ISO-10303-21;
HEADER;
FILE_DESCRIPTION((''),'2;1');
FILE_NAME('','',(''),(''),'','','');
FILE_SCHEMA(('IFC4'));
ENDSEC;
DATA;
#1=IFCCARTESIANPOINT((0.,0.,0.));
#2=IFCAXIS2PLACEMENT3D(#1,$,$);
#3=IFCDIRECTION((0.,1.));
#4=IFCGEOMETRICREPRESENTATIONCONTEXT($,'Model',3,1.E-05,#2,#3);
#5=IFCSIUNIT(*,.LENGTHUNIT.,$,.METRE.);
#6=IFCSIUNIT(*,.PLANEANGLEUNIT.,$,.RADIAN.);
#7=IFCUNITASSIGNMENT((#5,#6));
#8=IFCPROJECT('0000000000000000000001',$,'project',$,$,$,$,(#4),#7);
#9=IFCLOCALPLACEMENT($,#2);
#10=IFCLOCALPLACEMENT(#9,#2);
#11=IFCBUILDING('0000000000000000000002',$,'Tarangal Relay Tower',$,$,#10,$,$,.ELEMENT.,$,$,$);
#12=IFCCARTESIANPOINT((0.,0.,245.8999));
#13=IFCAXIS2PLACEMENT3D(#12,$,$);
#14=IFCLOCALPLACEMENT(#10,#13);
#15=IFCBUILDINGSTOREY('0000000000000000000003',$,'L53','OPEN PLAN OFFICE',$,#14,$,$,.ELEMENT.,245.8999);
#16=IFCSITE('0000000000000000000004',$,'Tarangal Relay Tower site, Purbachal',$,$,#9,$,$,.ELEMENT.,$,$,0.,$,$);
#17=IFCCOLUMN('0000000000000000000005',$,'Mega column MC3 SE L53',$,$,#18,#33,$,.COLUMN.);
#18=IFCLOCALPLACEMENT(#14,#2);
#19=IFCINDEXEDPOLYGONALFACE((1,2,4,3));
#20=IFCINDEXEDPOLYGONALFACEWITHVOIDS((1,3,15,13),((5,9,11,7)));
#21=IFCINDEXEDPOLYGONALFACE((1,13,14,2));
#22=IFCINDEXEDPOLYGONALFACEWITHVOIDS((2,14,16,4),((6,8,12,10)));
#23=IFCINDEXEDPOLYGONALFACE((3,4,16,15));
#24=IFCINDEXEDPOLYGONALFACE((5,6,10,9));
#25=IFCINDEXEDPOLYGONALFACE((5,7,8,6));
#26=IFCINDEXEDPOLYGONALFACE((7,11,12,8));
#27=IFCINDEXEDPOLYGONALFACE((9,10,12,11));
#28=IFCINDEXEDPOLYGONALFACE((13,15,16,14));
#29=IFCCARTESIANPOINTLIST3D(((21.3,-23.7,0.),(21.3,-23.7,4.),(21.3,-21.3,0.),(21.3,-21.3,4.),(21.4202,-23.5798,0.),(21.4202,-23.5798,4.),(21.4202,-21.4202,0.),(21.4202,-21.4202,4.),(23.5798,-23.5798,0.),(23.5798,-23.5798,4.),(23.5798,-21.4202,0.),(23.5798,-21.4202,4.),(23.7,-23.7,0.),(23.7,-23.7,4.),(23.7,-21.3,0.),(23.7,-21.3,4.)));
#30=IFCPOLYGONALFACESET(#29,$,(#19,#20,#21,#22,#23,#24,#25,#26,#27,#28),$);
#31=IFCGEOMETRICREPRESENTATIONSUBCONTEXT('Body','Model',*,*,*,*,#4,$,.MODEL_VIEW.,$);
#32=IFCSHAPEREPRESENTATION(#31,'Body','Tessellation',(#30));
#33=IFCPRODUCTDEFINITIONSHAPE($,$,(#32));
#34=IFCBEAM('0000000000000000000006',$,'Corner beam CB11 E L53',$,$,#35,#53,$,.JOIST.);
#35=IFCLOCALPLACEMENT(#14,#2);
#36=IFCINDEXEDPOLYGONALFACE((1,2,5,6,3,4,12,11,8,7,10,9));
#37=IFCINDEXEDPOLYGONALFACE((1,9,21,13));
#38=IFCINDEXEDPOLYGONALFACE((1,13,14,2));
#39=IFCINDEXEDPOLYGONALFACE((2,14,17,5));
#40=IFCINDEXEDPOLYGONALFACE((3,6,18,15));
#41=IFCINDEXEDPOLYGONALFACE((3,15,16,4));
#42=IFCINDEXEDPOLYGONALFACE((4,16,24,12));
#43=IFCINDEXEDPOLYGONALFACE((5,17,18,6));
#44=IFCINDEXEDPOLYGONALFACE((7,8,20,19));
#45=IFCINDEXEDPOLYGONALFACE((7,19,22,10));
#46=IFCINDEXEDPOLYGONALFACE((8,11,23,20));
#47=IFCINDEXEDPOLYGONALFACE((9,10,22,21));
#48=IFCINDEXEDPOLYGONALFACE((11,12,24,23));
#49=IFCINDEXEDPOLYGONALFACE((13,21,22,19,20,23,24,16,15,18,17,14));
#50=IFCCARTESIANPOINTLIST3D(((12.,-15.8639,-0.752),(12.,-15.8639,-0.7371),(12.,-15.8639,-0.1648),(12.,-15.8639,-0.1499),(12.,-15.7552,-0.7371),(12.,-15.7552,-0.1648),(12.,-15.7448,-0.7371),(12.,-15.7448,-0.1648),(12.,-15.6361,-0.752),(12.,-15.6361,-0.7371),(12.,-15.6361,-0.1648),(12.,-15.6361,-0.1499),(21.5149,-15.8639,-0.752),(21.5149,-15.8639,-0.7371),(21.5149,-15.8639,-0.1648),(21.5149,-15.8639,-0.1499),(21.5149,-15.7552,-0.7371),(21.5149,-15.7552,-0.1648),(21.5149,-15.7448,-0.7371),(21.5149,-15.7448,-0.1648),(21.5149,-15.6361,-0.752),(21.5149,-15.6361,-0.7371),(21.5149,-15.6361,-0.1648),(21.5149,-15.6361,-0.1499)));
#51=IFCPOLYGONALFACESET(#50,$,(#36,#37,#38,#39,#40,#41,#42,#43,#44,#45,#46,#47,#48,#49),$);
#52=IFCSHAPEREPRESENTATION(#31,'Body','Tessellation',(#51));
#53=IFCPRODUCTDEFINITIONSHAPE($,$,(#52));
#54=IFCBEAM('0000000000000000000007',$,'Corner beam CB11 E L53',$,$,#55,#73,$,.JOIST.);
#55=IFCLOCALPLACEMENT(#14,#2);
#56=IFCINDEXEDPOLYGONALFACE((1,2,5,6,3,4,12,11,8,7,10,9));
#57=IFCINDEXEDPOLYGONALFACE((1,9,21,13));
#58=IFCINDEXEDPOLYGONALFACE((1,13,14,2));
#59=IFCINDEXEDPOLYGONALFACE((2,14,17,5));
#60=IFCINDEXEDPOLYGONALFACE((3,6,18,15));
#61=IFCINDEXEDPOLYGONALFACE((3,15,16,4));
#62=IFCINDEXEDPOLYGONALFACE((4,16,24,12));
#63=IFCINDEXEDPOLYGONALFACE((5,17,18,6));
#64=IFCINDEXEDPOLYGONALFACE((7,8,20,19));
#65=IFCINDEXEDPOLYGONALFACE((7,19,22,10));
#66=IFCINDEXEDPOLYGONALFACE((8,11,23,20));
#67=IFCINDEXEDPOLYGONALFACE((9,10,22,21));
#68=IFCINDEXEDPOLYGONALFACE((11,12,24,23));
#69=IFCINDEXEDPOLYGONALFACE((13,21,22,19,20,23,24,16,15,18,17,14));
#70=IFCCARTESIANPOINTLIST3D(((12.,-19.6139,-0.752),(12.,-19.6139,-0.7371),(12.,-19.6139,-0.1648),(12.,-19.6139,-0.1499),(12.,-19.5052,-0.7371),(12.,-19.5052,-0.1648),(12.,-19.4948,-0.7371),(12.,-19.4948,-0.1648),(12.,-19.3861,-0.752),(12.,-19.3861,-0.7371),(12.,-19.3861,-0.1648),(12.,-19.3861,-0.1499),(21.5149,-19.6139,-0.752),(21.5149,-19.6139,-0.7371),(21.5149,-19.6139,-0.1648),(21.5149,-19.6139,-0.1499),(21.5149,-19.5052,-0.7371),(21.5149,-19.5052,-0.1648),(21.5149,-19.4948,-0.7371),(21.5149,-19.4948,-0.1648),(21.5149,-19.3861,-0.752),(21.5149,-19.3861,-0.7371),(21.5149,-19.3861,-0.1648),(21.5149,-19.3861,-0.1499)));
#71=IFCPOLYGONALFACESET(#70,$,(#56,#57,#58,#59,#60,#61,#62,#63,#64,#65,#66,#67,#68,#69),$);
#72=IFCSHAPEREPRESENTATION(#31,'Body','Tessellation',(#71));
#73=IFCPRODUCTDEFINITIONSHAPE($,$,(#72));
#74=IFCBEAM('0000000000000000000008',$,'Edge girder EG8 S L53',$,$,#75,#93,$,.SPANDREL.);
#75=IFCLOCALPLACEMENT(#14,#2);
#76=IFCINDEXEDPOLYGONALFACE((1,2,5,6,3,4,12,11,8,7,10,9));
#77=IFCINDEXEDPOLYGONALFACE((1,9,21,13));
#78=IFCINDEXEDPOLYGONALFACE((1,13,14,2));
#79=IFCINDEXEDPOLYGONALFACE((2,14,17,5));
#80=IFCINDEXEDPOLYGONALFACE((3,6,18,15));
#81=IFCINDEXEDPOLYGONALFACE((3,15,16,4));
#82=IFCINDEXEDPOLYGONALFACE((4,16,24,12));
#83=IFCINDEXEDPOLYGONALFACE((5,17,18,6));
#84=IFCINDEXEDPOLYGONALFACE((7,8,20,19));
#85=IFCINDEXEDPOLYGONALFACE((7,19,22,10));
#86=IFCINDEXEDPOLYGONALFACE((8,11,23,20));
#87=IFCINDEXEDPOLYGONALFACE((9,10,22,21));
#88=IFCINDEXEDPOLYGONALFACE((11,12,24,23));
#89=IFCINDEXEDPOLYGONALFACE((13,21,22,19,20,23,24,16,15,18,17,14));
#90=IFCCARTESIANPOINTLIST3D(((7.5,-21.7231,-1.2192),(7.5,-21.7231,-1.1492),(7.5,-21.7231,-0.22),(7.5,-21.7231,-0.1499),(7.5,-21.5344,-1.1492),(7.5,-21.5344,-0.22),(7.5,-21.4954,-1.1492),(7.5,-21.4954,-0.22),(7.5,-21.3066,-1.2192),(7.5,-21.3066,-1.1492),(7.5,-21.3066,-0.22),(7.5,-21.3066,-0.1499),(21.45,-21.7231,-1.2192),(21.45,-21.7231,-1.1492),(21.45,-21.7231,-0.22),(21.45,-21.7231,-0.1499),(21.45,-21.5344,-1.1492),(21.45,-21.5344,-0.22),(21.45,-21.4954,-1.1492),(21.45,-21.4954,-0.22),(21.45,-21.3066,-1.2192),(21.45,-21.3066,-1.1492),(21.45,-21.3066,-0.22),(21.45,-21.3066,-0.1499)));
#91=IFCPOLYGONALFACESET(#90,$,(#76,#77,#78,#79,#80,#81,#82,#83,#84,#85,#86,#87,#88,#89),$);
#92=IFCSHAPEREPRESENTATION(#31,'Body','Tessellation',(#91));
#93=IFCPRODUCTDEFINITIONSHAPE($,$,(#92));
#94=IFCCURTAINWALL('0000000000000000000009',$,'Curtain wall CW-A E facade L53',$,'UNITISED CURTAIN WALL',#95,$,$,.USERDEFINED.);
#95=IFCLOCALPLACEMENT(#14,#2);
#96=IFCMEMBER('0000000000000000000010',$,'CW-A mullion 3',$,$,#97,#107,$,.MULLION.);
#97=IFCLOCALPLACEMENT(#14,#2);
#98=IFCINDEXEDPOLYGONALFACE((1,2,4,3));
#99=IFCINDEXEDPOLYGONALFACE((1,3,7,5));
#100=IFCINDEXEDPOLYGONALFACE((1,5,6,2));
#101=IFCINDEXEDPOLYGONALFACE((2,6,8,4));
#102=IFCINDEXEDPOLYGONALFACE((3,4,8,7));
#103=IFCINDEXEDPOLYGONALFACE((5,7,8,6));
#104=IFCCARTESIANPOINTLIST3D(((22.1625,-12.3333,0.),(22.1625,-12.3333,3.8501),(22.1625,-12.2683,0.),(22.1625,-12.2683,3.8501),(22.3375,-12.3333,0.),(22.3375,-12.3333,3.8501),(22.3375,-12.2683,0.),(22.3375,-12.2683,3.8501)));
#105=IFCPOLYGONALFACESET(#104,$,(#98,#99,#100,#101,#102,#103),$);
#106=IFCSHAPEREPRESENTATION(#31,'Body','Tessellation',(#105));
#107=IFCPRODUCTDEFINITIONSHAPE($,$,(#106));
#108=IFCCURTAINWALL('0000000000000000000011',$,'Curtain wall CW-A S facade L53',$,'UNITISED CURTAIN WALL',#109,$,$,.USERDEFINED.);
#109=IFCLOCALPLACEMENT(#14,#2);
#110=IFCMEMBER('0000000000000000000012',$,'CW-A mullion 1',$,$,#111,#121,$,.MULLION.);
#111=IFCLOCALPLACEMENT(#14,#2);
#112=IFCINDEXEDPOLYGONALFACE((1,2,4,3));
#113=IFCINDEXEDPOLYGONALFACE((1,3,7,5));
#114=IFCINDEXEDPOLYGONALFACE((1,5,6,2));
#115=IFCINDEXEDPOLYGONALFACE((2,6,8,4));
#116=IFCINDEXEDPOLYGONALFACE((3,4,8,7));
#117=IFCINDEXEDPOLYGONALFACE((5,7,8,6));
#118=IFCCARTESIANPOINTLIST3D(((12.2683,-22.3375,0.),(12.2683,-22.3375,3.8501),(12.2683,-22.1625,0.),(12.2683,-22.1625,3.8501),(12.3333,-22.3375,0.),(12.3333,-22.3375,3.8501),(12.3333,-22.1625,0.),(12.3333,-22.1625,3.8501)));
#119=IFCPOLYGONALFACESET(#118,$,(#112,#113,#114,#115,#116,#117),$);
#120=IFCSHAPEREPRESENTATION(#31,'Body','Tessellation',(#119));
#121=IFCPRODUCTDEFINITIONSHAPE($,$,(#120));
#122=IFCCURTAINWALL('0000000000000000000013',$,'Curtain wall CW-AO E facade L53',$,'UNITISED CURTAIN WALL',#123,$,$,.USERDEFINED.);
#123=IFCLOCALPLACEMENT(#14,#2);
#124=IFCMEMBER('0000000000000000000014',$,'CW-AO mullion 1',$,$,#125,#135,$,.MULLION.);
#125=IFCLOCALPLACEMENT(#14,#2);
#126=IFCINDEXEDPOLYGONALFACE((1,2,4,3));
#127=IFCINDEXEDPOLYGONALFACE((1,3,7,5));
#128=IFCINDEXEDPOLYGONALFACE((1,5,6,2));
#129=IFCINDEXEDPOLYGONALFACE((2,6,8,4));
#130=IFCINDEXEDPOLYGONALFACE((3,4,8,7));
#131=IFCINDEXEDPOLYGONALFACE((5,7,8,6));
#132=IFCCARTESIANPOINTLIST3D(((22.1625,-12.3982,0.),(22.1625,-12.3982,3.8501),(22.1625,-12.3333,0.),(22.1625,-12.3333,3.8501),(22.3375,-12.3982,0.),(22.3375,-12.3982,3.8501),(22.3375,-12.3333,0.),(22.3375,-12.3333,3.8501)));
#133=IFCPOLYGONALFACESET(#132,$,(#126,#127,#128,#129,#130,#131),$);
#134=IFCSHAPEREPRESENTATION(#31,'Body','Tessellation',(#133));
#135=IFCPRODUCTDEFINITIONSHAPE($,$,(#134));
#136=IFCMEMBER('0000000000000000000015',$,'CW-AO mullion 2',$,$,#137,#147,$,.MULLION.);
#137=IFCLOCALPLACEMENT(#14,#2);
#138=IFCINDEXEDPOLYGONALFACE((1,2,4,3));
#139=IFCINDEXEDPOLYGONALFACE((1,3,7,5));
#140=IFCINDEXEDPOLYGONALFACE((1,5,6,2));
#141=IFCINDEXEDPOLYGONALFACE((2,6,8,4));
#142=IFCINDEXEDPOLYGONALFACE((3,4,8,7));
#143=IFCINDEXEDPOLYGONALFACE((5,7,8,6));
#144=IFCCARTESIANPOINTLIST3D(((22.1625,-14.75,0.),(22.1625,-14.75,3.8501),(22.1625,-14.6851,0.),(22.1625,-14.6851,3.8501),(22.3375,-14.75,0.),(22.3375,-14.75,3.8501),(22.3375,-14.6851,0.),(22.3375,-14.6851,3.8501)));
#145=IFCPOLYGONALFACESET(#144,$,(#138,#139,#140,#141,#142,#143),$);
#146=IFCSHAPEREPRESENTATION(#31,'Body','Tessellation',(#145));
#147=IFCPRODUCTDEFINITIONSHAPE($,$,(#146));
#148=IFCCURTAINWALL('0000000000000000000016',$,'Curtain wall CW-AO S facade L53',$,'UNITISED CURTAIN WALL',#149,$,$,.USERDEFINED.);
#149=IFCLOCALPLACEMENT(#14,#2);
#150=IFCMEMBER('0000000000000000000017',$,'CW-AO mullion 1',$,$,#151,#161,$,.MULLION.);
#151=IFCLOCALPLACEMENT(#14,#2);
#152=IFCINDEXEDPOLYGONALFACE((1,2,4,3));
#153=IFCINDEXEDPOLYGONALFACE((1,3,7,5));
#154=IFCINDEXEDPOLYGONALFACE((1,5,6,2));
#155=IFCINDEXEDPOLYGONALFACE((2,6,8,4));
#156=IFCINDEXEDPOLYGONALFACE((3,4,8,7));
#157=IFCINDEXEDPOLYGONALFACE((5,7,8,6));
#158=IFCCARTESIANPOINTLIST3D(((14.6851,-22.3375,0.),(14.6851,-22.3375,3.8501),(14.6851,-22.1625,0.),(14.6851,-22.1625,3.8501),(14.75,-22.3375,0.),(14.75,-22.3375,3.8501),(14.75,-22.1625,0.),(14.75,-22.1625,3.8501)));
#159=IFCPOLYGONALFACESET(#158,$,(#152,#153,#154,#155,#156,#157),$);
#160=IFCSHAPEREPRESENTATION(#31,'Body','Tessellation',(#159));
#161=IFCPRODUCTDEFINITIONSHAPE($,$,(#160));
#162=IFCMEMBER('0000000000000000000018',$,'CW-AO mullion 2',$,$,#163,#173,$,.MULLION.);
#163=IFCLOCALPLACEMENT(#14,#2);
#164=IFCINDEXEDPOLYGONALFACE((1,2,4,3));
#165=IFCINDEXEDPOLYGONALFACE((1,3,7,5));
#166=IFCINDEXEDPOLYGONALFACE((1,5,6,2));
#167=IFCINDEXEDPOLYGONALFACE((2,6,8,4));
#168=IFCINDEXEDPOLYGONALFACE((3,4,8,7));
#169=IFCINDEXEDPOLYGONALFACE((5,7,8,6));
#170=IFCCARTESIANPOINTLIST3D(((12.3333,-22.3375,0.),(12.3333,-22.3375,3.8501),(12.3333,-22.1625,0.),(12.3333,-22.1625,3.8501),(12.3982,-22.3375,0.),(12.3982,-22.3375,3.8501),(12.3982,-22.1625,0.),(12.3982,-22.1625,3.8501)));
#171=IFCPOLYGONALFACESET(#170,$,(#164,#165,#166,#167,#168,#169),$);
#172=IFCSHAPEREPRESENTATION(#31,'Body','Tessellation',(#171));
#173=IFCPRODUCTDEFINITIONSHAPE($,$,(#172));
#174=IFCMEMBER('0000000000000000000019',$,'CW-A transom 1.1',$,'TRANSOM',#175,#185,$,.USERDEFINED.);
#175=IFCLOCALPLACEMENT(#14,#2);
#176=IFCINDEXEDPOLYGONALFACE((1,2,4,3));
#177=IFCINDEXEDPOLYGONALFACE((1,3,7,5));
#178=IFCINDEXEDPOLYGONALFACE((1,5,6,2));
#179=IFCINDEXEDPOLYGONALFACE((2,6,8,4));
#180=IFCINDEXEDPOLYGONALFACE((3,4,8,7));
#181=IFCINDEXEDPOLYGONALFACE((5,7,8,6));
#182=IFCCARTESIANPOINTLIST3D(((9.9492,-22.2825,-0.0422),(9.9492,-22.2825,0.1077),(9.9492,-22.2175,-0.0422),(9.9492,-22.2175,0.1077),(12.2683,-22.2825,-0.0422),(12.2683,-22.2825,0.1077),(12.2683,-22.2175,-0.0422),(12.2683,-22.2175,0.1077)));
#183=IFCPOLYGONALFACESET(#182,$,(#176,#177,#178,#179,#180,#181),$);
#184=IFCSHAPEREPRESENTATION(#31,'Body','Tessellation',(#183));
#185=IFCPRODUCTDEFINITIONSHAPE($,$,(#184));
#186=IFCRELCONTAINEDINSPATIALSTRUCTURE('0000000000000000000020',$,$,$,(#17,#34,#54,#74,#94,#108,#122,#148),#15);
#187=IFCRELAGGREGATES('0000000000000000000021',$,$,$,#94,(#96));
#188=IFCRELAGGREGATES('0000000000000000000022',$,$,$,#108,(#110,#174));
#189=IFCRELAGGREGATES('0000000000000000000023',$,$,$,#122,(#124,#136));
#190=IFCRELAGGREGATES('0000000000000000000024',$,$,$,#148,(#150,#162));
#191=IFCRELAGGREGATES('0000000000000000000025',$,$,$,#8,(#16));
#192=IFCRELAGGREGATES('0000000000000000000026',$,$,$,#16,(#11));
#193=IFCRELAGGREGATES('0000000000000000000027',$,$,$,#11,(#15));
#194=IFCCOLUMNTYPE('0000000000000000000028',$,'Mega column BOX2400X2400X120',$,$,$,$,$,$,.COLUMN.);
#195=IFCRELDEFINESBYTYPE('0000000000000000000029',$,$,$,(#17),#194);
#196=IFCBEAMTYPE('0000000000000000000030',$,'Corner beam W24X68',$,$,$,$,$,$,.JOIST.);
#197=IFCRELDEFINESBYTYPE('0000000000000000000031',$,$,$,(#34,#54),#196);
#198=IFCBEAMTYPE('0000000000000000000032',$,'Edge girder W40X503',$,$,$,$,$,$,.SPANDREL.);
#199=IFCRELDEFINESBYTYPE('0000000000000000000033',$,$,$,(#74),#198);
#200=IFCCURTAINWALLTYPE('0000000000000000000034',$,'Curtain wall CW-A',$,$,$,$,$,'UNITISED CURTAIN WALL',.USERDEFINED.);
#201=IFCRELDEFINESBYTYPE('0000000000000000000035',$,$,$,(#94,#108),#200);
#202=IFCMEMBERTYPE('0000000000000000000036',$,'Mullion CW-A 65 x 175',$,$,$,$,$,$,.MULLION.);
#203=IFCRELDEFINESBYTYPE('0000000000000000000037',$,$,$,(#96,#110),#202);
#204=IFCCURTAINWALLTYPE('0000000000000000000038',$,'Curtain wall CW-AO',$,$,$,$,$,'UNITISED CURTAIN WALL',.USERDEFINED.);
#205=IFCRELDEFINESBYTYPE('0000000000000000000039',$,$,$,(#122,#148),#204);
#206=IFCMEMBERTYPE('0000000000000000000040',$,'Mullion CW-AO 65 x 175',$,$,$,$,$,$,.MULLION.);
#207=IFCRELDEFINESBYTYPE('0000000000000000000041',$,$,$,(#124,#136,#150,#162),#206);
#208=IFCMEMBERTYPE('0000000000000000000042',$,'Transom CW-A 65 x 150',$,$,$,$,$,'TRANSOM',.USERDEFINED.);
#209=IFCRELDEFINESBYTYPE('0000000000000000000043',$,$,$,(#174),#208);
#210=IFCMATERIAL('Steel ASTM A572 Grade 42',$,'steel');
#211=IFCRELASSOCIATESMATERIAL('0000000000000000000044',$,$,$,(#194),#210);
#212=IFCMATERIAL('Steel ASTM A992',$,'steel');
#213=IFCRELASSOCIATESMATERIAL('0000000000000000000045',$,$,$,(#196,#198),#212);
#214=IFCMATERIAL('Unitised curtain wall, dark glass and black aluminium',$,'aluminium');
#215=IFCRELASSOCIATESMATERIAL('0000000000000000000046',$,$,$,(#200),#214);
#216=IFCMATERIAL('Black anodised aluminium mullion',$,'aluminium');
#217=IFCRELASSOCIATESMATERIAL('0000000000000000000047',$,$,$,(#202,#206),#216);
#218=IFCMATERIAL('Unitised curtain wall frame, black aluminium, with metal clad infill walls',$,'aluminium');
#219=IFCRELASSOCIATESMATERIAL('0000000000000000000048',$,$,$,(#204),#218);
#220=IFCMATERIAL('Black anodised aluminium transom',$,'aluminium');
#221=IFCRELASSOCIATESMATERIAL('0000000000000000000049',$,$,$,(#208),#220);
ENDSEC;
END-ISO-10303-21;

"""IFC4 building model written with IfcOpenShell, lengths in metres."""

from ifc_helpers import new_model, si_unit, direction, frame, origin, origin_2d, place, context, subcontext, project, spatial, rectangle, hollow_rectangle, i_section, extrude, material, material_profile, profile_set, type_object, element, aggregate, save


model = new_model("IFC4")

# Units and contexts
model_context = context("Model", 3, precision=1e-05, world=origin(), true_north=direction((0.0, 1.0)))
body_context = subcontext(model_context, "Body", "Model", "MODEL_VIEW")
ifc_project = project(units=[si_unit("LENGTHUNIT", "METRE"), si_unit("PLANEANGLEUNIT", "RADIAN")], contexts=[model_context])

# Site, building, storey
site_placement = place(None, origin())
site = spatial("IfcSite", under=ifc_project, at=site_placement, Name="Tarangal Relay Tower site, Purbachal", CompositionType="ELEMENT", RefElevation=0.0)
building_placement = place(site_placement, origin())
building = spatial("IfcBuilding", under=site, at=building_placement, Name="Tarangal Relay Tower", CompositionType="ELEMENT")
storey_placement = place(building_placement, frame((0.0, 0.0, 245.8999)))
storey = spatial("IfcBuildingStorey", under=building, at=storey_placement, Name="L53", Description="OPEN PLAN OFFICE", CompositionType="ELEMENT", Elevation=245.8999)

# Column
ifc_material_1 = material(Name="Steel ASTM A572 Grade 42", Category="steel")
ifc_material_profile_1 = material_profile(ifc_material_1, hollow_rectangle(XDim=2.3999, YDim=2.3999, WallThickness=0.1201, at=origin_2d()), Name="BOX2400X2400X120")
ifc_profile_set_1 = profile_set([ifc_material_profile_1], Name="Steel ASTM A572 Grade 42")
column_type = type_object("IfcColumnType", Name="Mega column BOX2400X2400X120", PredefinedType="COLUMN", material=ifc_profile_set_1)
column_placement = place(storey_placement, frame((22.5, -22.5, 0.0), z_axis=(0.0, 0.0, 1.0), x_axis=(1.0, 0.0, 0.0)))
element("IfcColumn", 1, at=column_placement, inside=storey, type_object=column_type, Name="Mega column MC3 SE L53", PredefinedType="COLUMN", context=body_context, shape_type="SweptSolid", body=[
    extrude(hollow_rectangle(XDim=2.3999, YDim=2.3999, WallThickness=0.1201, at=origin_2d()), origin(), (0.0, 0.0, 1.0), 4.0),
])

# Beams
ifc_material_2 = material(Name="Steel ASTM A992", Category="steel")
ifc_material_profile_2 = material_profile(ifc_material_2, i_section(OverallWidth=0.2278, OverallDepth=0.6021, WebThickness=0.0105, FlangeThickness=0.0149, at=origin_2d()), Name="W24X68")
ifc_profile_set_2 = profile_set([ifc_material_profile_2], Name="Steel ASTM A992")
beam_type_1 = type_object("IfcBeamType", Name="Corner beam W24X68", PredefinedType="JOIST", material=ifc_profile_set_2)
for number, where, z_axis, x_axis, name in (
    (2, (12.0, -15.75, -0.4509), (1.0, 0.0, 0.0), (0.0, 1.0, 0.0), "Corner beam CB11 E L53"),
    (3, (12.0, -19.5, -0.4509), (1.0, 0.0, 0.0), (0.0, 1.0, 0.0), "Corner beam CB11 E L53"),
):
    element("IfcBeam", number, at=place(storey_placement, frame(where, z_axis=z_axis, x_axis=x_axis)), inside=storey, type_object=beam_type_1, Name=name, PredefinedType="JOIST", context=body_context, shape_type="SweptSolid", body=[
        extrude(i_section(OverallWidth=0.2278, OverallDepth=0.6021, WebThickness=0.0105, FlangeThickness=0.0149, at=origin_2d()), origin(), (0.0, 0.0, 1.0), 9.5149),
    ])
ifc_material_profile_3 = material_profile(ifc_material_2, i_section(OverallWidth=0.4165, OverallDepth=1.0693, WebThickness=0.0391, FlangeThickness=0.0701, at=origin_2d()), Name="W40X503")
ifc_profile_set_3 = profile_set([ifc_material_profile_3], Name="Steel ASTM A992")
beam_type_2 = type_object("IfcBeamType", Name="Edge girder W40X503", PredefinedType="SPANDREL", material=ifc_profile_set_3)
beam_placement = place(storey_placement, frame((21.45, -21.5149, -0.6846), z_axis=(-1.0, 0.0, 0.0), x_axis=(0.0, -1.0, 0.0)))
element("IfcBeam", 4, at=beam_placement, inside=storey, type_object=beam_type_2, Name="Edge girder EG8 S L53", PredefinedType="SPANDREL", context=body_context, shape_type="SweptSolid", body=[
    extrude(i_section(OverallWidth=0.4165, OverallDepth=1.0693, WebThickness=0.0391, FlangeThickness=0.0701, at=origin_2d()), origin(), (0.0, 0.0, 1.0), 13.95),
])

# Curtain walls, members
ifc_material_3 = material(Name="Unitised curtain wall, dark glass and black aluminium", Category="aluminium")
curtain_wall_type_1 = type_object("IfcCurtainWallType", Name="Curtain wall CW-A", ElementType="UNITISED CURTAIN WALL", PredefinedType="USERDEFINED", material=ifc_material_3)
curtain_wall_1_placement = place(storey_placement, origin())
curtain_wall_1 = element("IfcCurtainWall", 5, at=curtain_wall_1_placement, inside=storey, type_object=curtain_wall_type_1, Name="Curtain wall CW-A E facade L53", ObjectType="UNITISED CURTAIN WALL", PredefinedType="USERDEFINED")
ifc_material_4 = material(Name="Black anodised aluminium mullion", Category="aluminium")
ifc_material_profile_4 = material_profile(ifc_material_4, rectangle(XDim=0.175, YDim=0.0649, at=origin_2d()), Name="CW-AM 65X175")
ifc_profile_set_4 = profile_set([ifc_material_profile_4], Name="Black anodised aluminium mullion")
member_type_1 = type_object("IfcMemberType", Name="Mullion CW-A 65 x 175", PredefinedType="MULLION", material=ifc_profile_set_4)
member_1_placement = place(storey_placement, frame((22.25, -12.3008, 0.0), z_axis=(0.0, 0.0, 1.0), x_axis=(1.0, 0.0, 0.0)))
member_1 = element("IfcMember", 6, at=member_1_placement, type_object=member_type_1, Name="CW-A mullion 3", PredefinedType="MULLION", context=body_context, shape_type="SweptSolid", body=[
    extrude(rectangle(XDim=0.175, YDim=0.0649, at=origin_2d()), origin(), (0.0, 0.0, 1.0), 3.8501),
])
aggregate(curtain_wall_1, [member_1])
curtain_wall_2_placement = place(storey_placement, origin())
curtain_wall_2 = element("IfcCurtainWall", 7, at=curtain_wall_2_placement, inside=storey, type_object=curtain_wall_type_1, Name="Curtain wall CW-A S facade L53", ObjectType="UNITISED CURTAIN WALL", PredefinedType="USERDEFINED")
member_2_placement = place(storey_placement, frame((12.3008, -22.25, 0.0), z_axis=(0.0, 0.0, 1.0), x_axis=(0.0, -1.0, 0.0)))
member_2 = element("IfcMember", 8, at=member_2_placement, type_object=member_type_1, Name="CW-A mullion 1", PredefinedType="MULLION", context=body_context, shape_type="SweptSolid", body=[
    extrude(rectangle(XDim=0.175, YDim=0.0649, at=origin_2d()), origin(), (0.0, 0.0, 1.0), 3.8501),
])

# Curtain walls, members
ifc_material_5 = material(Name="Unitised curtain wall frame, black aluminium, with metal clad infill walls", Category="aluminium")
curtain_wall_type_2 = type_object("IfcCurtainWallType", Name="Curtain wall CW-AO", ElementType="UNITISED CURTAIN WALL", PredefinedType="USERDEFINED", material=ifc_material_5)
curtain_wall_3_placement = place(storey_placement, origin())
curtain_wall_3 = element("IfcCurtainWall", 9, at=curtain_wall_3_placement, inside=storey, type_object=curtain_wall_type_2, Name="Curtain wall CW-AO E facade L53", ObjectType="UNITISED CURTAIN WALL", PredefinedType="USERDEFINED")
ifc_material_profile_5 = material_profile(ifc_material_4, rectangle(XDim=0.175, YDim=0.0649, at=origin_2d()), Name="CW-AOM 65X175")
ifc_profile_set_5 = profile_set([ifc_material_profile_5], Name="Black anodised aluminium mullion")
member_type_2 = type_object("IfcMemberType", Name="Mullion CW-AO 65 x 175", PredefinedType="MULLION", material=ifc_profile_set_5)
member_3_placement = place(storey_placement, frame((22.25, -12.3657, 0.0), z_axis=(0.0, 0.0, 1.0), x_axis=(1.0, 0.0, 0.0)))
member_3 = element("IfcMember", 10, at=member_3_placement, type_object=member_type_2, Name="CW-AO mullion 1", PredefinedType="MULLION", context=body_context, shape_type="SweptSolid", body=[
    extrude(rectangle(XDim=0.175, YDim=0.0649, at=origin_2d()), origin(), (0.0, 0.0, 1.0), 3.8501),
])
member_4_placement = place(storey_placement, frame((22.25, -14.7175, 0.0), z_axis=(0.0, 0.0, 1.0), x_axis=(1.0, 0.0, 0.0)))
member_4 = element("IfcMember", 11, at=member_4_placement, type_object=member_type_2, Name="CW-AO mullion 2", PredefinedType="MULLION", context=body_context, shape_type="SweptSolid", body=[
    extrude(rectangle(XDim=0.175, YDim=0.0649, at=origin_2d()), origin(), (0.0, 0.0, 1.0), 3.8501),
])
curtain_wall_4_placement = place(storey_placement, origin())
curtain_wall_4 = element("IfcCurtainWall", 12, at=curtain_wall_4_placement, inside=storey, type_object=curtain_wall_type_2, Name="Curtain wall CW-AO S facade L53", ObjectType="UNITISED CURTAIN WALL", PredefinedType="USERDEFINED")
member_5_placement = place(storey_placement, frame((14.7175, -22.25, 0.0), z_axis=(0.0, 0.0, 1.0), x_axis=(0.0, -1.0, 0.0)))
member_5 = element("IfcMember", 13, at=member_5_placement, type_object=member_type_2, Name="CW-AO mullion 1", PredefinedType="MULLION", context=body_context, shape_type="SweptSolid", body=[
    extrude(rectangle(XDim=0.175, YDim=0.0649, at=origin_2d()), origin(), (0.0, 0.0, 1.0), 3.8501),
])
member_6_placement = place(storey_placement, frame((12.3657, -22.25, 0.0), z_axis=(0.0, 0.0, 1.0), x_axis=(0.0, -1.0, 0.0)))
member_6 = element("IfcMember", 14, at=member_6_placement, type_object=member_type_2, Name="CW-AO mullion 2", PredefinedType="MULLION", context=body_context, shape_type="SweptSolid", body=[
    extrude(rectangle(XDim=0.175, YDim=0.0649, at=origin_2d()), origin(), (0.0, 0.0, 1.0), 3.8501),
])

# Member
ifc_material_6 = material(Name="Black anodised aluminium transom", Category="aluminium")
ifc_material_profile_6 = material_profile(ifc_material_6, rectangle(XDim=0.0649, YDim=0.1499, at=origin_2d()), Name="CW-AT 65X150")
ifc_profile_set_6 = profile_set([ifc_material_profile_6], Name="Black anodised aluminium transom")
member_type_3 = type_object("IfcMemberType", Name="Transom CW-A 65 x 150", ElementType="TRANSOM", PredefinedType="USERDEFINED", material=ifc_profile_set_6)
member_7_placement = place(storey_placement, frame((12.2683, -22.25, 0.0327), z_axis=(-1.0, 0.0, 0.0), x_axis=(0.0, -1.0, 0.0)))
member_7 = element("IfcMember", 15, at=member_7_placement, type_object=member_type_3, Name="CW-A transom 1.1", ObjectType="TRANSOM", PredefinedType="USERDEFINED", context=body_context, shape_type="SweptSolid", body=[
    extrude(rectangle(XDim=0.0649, YDim=0.1499, at=origin_2d()), origin(), (0.0, 0.0, 1.0), 2.3191),
])
aggregate(curtain_wall_2, [member_2, member_7])
aggregate(curtain_wall_3, [member_3, member_4])
aggregate(curtain_wall_4, [member_5, member_6])

save(model, "model.ifc")
